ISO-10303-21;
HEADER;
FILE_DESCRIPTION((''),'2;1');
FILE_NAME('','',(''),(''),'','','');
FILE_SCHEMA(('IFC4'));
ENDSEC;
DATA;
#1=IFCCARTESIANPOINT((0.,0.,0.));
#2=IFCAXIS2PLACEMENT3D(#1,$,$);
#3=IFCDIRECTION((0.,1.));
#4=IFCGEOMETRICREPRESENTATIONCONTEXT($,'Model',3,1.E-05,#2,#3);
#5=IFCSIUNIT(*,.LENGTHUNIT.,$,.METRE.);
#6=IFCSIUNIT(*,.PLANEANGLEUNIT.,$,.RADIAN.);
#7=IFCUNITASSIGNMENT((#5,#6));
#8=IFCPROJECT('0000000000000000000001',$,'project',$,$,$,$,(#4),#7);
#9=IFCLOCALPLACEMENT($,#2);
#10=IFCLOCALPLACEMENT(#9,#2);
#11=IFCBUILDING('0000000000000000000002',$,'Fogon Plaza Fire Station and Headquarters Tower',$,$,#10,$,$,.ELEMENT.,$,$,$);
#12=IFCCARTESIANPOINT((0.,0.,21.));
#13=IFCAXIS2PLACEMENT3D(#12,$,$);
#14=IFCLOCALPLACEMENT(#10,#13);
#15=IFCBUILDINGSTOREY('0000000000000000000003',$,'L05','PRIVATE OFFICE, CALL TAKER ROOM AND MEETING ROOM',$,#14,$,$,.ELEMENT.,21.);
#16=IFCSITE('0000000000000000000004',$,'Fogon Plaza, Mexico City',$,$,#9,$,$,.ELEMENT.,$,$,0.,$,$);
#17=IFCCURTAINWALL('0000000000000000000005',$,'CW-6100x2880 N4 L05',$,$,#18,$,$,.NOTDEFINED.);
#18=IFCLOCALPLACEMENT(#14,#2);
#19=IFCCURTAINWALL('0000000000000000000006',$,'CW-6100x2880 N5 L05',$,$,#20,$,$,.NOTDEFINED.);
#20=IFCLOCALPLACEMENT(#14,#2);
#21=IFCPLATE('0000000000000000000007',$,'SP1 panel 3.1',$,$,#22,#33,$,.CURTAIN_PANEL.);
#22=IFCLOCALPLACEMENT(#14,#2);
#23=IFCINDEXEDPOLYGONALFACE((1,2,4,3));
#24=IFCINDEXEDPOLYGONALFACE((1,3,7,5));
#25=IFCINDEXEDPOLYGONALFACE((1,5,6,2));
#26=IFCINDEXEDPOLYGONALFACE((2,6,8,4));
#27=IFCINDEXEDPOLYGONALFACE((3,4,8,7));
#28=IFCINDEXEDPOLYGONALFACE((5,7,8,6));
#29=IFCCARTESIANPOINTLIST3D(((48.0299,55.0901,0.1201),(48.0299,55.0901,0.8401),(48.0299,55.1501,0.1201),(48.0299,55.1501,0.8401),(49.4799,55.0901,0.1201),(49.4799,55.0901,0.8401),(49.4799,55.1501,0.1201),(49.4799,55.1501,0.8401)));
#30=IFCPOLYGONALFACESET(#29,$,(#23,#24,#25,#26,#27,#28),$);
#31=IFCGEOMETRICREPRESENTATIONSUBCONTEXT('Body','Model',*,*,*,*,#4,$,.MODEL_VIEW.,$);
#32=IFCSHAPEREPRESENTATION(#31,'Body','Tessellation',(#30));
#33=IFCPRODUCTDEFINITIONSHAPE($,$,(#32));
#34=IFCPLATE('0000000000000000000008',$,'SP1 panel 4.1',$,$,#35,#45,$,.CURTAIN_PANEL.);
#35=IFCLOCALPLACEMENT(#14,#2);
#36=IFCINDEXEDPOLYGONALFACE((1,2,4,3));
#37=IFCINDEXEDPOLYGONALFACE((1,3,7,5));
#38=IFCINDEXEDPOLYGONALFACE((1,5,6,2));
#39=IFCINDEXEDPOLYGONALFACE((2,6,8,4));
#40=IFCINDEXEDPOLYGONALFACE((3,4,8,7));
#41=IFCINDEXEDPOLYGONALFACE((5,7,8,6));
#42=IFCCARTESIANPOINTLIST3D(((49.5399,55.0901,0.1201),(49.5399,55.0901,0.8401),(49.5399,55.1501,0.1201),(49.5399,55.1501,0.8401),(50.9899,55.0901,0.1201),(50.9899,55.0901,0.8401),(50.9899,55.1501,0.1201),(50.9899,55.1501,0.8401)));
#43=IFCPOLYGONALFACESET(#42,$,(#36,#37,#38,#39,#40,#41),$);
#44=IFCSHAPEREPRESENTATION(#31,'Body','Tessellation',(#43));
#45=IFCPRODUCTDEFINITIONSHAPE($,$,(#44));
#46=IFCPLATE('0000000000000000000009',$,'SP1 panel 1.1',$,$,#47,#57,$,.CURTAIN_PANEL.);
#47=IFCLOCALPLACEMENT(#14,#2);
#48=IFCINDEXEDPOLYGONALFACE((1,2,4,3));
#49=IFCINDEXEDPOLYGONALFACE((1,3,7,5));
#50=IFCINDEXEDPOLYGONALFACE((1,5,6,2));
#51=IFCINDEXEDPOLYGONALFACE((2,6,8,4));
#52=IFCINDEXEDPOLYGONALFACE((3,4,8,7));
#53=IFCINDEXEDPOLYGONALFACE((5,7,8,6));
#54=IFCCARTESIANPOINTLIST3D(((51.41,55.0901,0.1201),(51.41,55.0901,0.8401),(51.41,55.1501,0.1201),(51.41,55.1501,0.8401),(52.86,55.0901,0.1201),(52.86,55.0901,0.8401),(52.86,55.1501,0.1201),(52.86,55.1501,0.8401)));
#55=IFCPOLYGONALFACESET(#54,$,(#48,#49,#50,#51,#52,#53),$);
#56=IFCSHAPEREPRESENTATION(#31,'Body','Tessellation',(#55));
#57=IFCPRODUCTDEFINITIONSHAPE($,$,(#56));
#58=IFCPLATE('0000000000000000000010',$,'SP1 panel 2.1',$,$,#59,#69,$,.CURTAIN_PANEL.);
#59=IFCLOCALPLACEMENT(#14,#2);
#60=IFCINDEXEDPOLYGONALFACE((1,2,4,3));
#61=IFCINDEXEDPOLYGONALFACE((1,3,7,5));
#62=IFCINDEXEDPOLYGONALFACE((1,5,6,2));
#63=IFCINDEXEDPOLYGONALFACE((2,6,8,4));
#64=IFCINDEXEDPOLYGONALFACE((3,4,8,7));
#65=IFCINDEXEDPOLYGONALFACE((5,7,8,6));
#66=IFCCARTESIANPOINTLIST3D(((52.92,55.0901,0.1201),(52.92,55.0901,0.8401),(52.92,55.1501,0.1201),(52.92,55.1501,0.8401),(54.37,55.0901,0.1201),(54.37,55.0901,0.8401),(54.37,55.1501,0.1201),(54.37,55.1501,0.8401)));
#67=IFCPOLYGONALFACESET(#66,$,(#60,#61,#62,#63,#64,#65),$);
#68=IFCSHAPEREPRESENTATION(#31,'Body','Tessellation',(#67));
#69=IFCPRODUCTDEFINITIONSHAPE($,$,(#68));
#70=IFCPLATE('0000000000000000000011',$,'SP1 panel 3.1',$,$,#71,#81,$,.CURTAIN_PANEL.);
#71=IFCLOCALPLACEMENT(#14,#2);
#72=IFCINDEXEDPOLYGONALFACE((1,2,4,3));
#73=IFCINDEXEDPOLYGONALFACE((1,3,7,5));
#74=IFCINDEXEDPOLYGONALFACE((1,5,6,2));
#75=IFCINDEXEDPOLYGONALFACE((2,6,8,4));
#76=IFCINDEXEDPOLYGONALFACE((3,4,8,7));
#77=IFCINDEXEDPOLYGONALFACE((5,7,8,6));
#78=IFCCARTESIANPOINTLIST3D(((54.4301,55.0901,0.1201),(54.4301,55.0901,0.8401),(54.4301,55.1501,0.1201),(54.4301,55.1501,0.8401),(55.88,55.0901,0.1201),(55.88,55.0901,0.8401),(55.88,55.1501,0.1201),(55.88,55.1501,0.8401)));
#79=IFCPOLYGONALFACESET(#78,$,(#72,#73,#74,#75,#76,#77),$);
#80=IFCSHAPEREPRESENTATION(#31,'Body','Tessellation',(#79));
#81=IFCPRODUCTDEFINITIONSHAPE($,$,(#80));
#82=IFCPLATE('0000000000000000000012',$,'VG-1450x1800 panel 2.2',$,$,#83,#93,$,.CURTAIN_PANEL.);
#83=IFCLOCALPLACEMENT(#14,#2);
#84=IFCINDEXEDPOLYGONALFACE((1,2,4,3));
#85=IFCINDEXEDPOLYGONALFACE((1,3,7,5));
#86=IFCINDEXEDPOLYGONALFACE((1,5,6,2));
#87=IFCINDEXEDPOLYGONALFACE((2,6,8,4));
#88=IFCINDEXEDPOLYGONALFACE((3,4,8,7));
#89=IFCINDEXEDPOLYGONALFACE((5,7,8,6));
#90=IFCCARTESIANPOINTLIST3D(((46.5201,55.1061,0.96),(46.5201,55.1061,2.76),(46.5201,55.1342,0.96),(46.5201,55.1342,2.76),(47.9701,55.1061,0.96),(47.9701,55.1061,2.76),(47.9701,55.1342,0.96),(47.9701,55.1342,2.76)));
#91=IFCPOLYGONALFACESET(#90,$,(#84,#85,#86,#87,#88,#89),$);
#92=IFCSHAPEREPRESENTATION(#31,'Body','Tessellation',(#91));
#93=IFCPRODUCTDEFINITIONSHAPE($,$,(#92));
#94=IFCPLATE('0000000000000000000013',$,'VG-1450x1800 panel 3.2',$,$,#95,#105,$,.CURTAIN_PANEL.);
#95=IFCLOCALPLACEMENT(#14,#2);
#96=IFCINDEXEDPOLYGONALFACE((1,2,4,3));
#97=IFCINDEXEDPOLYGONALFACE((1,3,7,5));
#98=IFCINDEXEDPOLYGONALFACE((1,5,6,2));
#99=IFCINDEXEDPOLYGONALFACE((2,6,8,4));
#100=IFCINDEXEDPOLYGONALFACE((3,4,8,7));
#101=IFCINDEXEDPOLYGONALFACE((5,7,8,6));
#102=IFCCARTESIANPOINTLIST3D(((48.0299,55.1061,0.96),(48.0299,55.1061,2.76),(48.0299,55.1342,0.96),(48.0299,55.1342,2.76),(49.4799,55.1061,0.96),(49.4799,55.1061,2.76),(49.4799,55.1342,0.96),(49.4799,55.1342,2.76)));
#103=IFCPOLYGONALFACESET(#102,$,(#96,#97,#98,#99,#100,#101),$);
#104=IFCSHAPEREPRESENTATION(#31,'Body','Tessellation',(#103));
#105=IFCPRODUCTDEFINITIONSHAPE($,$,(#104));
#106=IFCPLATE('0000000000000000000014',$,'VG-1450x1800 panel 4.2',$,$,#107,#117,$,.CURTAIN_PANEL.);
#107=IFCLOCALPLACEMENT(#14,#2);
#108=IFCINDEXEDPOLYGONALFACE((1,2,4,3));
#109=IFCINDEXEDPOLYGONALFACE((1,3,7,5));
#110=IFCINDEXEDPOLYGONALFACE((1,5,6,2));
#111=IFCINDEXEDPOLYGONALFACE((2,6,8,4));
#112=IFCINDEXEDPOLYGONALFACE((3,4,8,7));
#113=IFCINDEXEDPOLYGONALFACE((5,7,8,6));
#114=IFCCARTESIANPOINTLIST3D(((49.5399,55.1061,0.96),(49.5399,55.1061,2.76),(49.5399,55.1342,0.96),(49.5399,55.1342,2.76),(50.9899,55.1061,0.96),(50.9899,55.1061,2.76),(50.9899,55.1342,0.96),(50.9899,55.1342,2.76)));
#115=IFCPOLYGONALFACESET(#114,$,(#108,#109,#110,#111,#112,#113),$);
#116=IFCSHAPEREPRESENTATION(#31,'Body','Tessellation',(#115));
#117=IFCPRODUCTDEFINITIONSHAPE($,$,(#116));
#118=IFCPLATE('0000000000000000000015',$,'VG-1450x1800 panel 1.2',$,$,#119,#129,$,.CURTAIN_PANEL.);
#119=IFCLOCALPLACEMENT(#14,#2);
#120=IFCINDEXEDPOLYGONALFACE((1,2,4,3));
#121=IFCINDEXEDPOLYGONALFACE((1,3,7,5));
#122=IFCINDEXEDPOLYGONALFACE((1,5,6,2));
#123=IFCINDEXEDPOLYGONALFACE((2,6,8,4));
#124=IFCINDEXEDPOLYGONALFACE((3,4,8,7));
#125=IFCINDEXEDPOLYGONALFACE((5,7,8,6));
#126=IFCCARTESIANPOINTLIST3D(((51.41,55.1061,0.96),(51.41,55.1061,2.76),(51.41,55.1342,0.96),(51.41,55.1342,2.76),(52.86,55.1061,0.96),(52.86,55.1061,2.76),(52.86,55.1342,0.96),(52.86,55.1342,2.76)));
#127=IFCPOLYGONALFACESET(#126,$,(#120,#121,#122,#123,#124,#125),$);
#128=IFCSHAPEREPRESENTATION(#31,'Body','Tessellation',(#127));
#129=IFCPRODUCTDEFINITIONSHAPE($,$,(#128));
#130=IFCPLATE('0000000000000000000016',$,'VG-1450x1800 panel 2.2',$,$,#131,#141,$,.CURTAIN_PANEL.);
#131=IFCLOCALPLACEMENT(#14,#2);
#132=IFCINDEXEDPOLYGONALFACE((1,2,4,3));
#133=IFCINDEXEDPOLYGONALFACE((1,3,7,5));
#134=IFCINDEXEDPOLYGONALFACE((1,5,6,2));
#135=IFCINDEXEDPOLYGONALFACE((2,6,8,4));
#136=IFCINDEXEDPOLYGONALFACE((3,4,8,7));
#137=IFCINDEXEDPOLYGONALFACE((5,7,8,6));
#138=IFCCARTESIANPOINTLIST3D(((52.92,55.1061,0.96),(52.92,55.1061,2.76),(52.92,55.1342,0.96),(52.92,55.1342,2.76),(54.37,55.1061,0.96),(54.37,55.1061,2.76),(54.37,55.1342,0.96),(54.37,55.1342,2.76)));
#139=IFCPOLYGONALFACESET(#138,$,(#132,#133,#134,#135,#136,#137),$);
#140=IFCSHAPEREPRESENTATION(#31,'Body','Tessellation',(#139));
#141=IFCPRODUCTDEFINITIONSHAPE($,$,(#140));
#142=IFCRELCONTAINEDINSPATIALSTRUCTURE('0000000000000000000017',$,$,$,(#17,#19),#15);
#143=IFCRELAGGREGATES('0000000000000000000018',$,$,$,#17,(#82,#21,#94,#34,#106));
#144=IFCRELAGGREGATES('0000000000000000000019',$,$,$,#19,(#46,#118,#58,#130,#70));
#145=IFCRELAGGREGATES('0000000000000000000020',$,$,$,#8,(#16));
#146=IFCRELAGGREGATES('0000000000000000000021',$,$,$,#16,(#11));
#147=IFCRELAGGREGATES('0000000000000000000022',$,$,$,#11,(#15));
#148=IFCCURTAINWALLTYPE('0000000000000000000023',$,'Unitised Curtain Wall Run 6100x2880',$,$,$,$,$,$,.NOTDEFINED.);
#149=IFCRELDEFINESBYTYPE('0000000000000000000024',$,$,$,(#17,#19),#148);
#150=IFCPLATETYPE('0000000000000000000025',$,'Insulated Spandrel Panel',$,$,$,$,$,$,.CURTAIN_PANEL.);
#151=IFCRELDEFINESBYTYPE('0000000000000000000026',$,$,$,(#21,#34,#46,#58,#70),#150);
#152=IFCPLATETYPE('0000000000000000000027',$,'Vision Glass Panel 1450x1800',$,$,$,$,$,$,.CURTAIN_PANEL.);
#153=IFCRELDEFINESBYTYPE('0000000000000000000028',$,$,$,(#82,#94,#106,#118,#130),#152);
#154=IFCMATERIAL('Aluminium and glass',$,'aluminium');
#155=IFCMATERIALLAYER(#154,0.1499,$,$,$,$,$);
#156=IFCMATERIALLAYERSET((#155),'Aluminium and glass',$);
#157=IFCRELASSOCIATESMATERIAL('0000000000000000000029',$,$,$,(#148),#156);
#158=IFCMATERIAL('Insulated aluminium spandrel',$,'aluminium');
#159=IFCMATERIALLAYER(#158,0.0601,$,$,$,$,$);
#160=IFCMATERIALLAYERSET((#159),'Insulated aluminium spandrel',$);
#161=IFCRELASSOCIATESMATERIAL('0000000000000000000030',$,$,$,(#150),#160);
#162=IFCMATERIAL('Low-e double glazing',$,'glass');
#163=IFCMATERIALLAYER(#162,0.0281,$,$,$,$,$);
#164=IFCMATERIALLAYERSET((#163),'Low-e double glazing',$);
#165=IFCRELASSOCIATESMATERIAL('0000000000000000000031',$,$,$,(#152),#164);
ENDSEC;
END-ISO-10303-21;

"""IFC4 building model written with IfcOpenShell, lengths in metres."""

from ifc_helpers import new_model, si_unit, direction, frame, origin, origin_2d, place, context, subcontext, project, spatial, rectangle, extrude, material, layer, layer_set, type_object, element, aggregate, save


model = new_model("IFC4")

# Units and contexts
model_context = context("Model", 3, precision=1e-05, world=origin(), true_north=direction((0.0, 1.0)))
body_context = subcontext(model_context, "Body", "Model", "MODEL_VIEW")
ifc_project = project(units=[si_unit("LENGTHUNIT", "METRE"), si_unit("PLANEANGLEUNIT", "RADIAN")], contexts=[model_context])

# Site, building, storey
site_placement = place(None, origin())
site = spatial("IfcSite", under=ifc_project, at=site_placement, Name="Fogon Plaza, Mexico City", CompositionType="ELEMENT", RefElevation=0.0)
building_placement = place(site_placement, origin())
building = spatial("IfcBuilding", under=site, at=building_placement, Name="Fogon Plaza Fire Station and Headquarters Tower", CompositionType="ELEMENT")
storey_placement = place(building_placement, frame((0.0, 0.0, 21.0)))
storey = spatial("IfcBuildingStorey", under=building, at=storey_placement, Name="L05", Description="PRIVATE OFFICE, CALL TAKER ROOM AND MEETING ROOM", CompositionType="ELEMENT", Elevation=21.0)

# Curtain walls
ifc_material_1 = material(Name="Aluminium and glass", Category="aluminium")
ifc_layer_1 = layer(ifc_material_1, 0.1499)
ifc_layer_set_1 = layer_set([ifc_layer_1], Name="Aluminium and glass")
curtain_wall_type = type_object("IfcCurtainWallType", Name="Unitised Curtain Wall Run 6100x2880", PredefinedType="NOTDEFINED", material=ifc_layer_set_1)
curtain_wall_1_placement = place(storey_placement, origin())
curtain_wall_1 = element("IfcCurtainWall", 1, at=curtain_wall_1_placement, inside=storey, type_object=curtain_wall_type, Name="CW-6100x2880 N4 L05", PredefinedType="NOTDEFINED")
curtain_wall_2_placement = place(storey_placement, origin())
curtain_wall_2 = element("IfcCurtainWall", 2, at=curtain_wall_2_placement, inside=storey, type_object=curtain_wall_type, Name="CW-6100x2880 N5 L05", PredefinedType="NOTDEFINED")

# Plates
ifc_material_2 = material(Name="Insulated aluminium spandrel", Category="aluminium")
ifc_layer_2 = layer(ifc_material_2, 0.0601)
ifc_layer_set_2 = layer_set([ifc_layer_2], Name="Insulated aluminium spandrel")
plate_type_1 = type_object("IfcPlateType", Name="Insulated Spandrel Panel", PredefinedType="CURTAIN_PANEL", material=ifc_layer_set_2)
plate_1_placement = place(storey_placement, frame((48.7549, 55.1201, 0.1201), z_axis=(0.0, 0.0, 1.0), x_axis=(1.0, 0.0, 0.0)))
plate_1 = element("IfcPlate", 3, at=plate_1_placement, type_object=plate_type_1, Name="SP1 panel 3.1", PredefinedType="CURTAIN_PANEL", context=body_context, shape_type="SweptSolid", body=[
    extrude(rectangle(XDim=1.45, YDim=0.0601, at=origin_2d()), origin(), (0.0, 0.0, 1.0), 0.72),
])
plate_2_placement = place(storey_placement, frame((50.2649, 55.1201, 0.1201), z_axis=(0.0, 0.0, 1.0), x_axis=(1.0, 0.0, 0.0)))
plate_2 = element("IfcPlate", 4, at=plate_2_placement, type_object=plate_type_1, Name="SP1 panel 4.1", PredefinedType="CURTAIN_PANEL", context=body_context, shape_type="SweptSolid", body=[
    extrude(rectangle(XDim=1.45, YDim=0.0601, at=origin_2d()), origin(), (0.0, 0.0, 1.0), 0.72),
])
plate_3_placement = place(storey_placement, frame((52.135, 55.1201, 0.1201), z_axis=(0.0, 0.0, 1.0), x_axis=(1.0, 0.0, 0.0)))
plate_3 = element("IfcPlate", 5, at=plate_3_placement, type_object=plate_type_1, Name="SP1 panel 1.1", PredefinedType="CURTAIN_PANEL", context=body_context, shape_type="SweptSolid", body=[
    extrude(rectangle(XDim=1.45, YDim=0.0601, at=origin_2d()), origin(), (0.0, 0.0, 1.0), 0.72),
])
plate_4_placement = place(storey_placement, frame((53.645, 55.1201, 0.1201), z_axis=(0.0, 0.0, 1.0), x_axis=(1.0, 0.0, 0.0)))
plate_4 = element("IfcPlate", 6, at=plate_4_placement, type_object=plate_type_1, Name="SP1 panel 2.1", PredefinedType="CURTAIN_PANEL", context=body_context, shape_type="SweptSolid", body=[
    extrude(rectangle(XDim=1.45, YDim=0.0601, at=origin_2d()), origin(), (0.0, 0.0, 1.0), 0.72),
])
plate_5_placement = place(storey_placement, frame((55.155, 55.1201, 0.1201), z_axis=(0.0, 0.0, 1.0), x_axis=(1.0, 0.0, 0.0)))
plate_5 = element("IfcPlate", 7, at=plate_5_placement, type_object=plate_type_1, Name="SP1 panel 3.1", PredefinedType="CURTAIN_PANEL", context=body_context, shape_type="SweptSolid", body=[
    extrude(rectangle(XDim=1.45, YDim=0.0601, at=origin_2d()), origin(), (0.0, 0.0, 1.0), 0.72),
])
ifc_material_3 = material(Name="Low-e double glazing", Category="glass")
ifc_layer_3 = layer(ifc_material_3, 0.0281)
ifc_layer_set_3 = layer_set([ifc_layer_3], Name="Low-e double glazing")
plate_type_2 = type_object("IfcPlateType", Name="Vision Glass Panel 1450x1800", PredefinedType="CURTAIN_PANEL", material=ifc_layer_set_3)
plate_6_placement = place(storey_placement, frame((47.2451, 55.1201, 0.96), z_axis=(0.0, 0.0, 1.0), x_axis=(1.0, 0.0, 0.0)))
plate_6 = element("IfcPlate", 8, at=plate_6_placement, type_object=plate_type_2, Name="VG-1450x1800 panel 2.2", PredefinedType="CURTAIN_PANEL", context=body_context, shape_type="SweptSolid", body=[
    extrude(rectangle(XDim=1.45, YDim=0.0281, at=origin_2d()), origin(), (0.0, 0.0, 1.0), 1.8),
])
plate_7_placement = place(storey_placement, frame((48.7549, 55.1201, 0.96), z_axis=(0.0, 0.0, 1.0), x_axis=(1.0, 0.0, 0.0)))
plate_7 = element("IfcPlate", 9, at=plate_7_placement, type_object=plate_type_2, Name="VG-1450x1800 panel 3.2", PredefinedType="CURTAIN_PANEL", context=body_context, shape_type="SweptSolid", body=[
    extrude(rectangle(XDim=1.45, YDim=0.0281, at=origin_2d()), origin(), (0.0, 0.0, 1.0), 1.8),
])
plate_8_placement = place(storey_placement, frame((50.2649, 55.1201, 0.96), z_axis=(0.0, 0.0, 1.0), x_axis=(1.0, 0.0, 0.0)))
plate_8 = element("IfcPlate", 10, at=plate_8_placement, type_object=plate_type_2, Name="VG-1450x1800 panel 4.2", PredefinedType="CURTAIN_PANEL", context=body_context, shape_type="SweptSolid", body=[
    extrude(rectangle(XDim=1.45, YDim=0.0281, at=origin_2d()), origin(), (0.0, 0.0, 1.0), 1.8),
])
aggregate(curtain_wall_1, [plate_6, plate_1, plate_7, plate_2, plate_8])
plate_9_placement = place(storey_placement, frame((52.135, 55.1201, 0.96), z_axis=(0.0, 0.0, 1.0), x_axis=(1.0, 0.0, 0.0)))
plate_9 = element("IfcPlate", 11, at=plate_9_placement, type_object=plate_type_2, Name="VG-1450x1800 panel 1.2", PredefinedType="CURTAIN_PANEL", context=body_context, shape_type="SweptSolid", body=[
    extrude(rectangle(XDim=1.45, YDim=0.0281, at=origin_2d()), origin(), (0.0, 0.0, 1.0), 1.8),
])
plate_10_placement = place(storey_placement, frame((53.645, 55.1201, 0.96), z_axis=(0.0, 0.0, 1.0), x_axis=(1.0, 0.0, 0.0)))
plate_10 = element("IfcPlate", 12, at=plate_10_placement, type_object=plate_type_2, Name="VG-1450x1800 panel 2.2", PredefinedType="CURTAIN_PANEL", context=body_context, shape_type="SweptSolid", body=[
    extrude(rectangle(XDim=1.45, YDim=0.0281, at=origin_2d()), origin(), (0.0, 0.0, 1.0), 1.8),
])
aggregate(curtain_wall_2, [plate_3, plate_9, plate_4, plate_10, plate_5])

save(model, "model.ifc")
